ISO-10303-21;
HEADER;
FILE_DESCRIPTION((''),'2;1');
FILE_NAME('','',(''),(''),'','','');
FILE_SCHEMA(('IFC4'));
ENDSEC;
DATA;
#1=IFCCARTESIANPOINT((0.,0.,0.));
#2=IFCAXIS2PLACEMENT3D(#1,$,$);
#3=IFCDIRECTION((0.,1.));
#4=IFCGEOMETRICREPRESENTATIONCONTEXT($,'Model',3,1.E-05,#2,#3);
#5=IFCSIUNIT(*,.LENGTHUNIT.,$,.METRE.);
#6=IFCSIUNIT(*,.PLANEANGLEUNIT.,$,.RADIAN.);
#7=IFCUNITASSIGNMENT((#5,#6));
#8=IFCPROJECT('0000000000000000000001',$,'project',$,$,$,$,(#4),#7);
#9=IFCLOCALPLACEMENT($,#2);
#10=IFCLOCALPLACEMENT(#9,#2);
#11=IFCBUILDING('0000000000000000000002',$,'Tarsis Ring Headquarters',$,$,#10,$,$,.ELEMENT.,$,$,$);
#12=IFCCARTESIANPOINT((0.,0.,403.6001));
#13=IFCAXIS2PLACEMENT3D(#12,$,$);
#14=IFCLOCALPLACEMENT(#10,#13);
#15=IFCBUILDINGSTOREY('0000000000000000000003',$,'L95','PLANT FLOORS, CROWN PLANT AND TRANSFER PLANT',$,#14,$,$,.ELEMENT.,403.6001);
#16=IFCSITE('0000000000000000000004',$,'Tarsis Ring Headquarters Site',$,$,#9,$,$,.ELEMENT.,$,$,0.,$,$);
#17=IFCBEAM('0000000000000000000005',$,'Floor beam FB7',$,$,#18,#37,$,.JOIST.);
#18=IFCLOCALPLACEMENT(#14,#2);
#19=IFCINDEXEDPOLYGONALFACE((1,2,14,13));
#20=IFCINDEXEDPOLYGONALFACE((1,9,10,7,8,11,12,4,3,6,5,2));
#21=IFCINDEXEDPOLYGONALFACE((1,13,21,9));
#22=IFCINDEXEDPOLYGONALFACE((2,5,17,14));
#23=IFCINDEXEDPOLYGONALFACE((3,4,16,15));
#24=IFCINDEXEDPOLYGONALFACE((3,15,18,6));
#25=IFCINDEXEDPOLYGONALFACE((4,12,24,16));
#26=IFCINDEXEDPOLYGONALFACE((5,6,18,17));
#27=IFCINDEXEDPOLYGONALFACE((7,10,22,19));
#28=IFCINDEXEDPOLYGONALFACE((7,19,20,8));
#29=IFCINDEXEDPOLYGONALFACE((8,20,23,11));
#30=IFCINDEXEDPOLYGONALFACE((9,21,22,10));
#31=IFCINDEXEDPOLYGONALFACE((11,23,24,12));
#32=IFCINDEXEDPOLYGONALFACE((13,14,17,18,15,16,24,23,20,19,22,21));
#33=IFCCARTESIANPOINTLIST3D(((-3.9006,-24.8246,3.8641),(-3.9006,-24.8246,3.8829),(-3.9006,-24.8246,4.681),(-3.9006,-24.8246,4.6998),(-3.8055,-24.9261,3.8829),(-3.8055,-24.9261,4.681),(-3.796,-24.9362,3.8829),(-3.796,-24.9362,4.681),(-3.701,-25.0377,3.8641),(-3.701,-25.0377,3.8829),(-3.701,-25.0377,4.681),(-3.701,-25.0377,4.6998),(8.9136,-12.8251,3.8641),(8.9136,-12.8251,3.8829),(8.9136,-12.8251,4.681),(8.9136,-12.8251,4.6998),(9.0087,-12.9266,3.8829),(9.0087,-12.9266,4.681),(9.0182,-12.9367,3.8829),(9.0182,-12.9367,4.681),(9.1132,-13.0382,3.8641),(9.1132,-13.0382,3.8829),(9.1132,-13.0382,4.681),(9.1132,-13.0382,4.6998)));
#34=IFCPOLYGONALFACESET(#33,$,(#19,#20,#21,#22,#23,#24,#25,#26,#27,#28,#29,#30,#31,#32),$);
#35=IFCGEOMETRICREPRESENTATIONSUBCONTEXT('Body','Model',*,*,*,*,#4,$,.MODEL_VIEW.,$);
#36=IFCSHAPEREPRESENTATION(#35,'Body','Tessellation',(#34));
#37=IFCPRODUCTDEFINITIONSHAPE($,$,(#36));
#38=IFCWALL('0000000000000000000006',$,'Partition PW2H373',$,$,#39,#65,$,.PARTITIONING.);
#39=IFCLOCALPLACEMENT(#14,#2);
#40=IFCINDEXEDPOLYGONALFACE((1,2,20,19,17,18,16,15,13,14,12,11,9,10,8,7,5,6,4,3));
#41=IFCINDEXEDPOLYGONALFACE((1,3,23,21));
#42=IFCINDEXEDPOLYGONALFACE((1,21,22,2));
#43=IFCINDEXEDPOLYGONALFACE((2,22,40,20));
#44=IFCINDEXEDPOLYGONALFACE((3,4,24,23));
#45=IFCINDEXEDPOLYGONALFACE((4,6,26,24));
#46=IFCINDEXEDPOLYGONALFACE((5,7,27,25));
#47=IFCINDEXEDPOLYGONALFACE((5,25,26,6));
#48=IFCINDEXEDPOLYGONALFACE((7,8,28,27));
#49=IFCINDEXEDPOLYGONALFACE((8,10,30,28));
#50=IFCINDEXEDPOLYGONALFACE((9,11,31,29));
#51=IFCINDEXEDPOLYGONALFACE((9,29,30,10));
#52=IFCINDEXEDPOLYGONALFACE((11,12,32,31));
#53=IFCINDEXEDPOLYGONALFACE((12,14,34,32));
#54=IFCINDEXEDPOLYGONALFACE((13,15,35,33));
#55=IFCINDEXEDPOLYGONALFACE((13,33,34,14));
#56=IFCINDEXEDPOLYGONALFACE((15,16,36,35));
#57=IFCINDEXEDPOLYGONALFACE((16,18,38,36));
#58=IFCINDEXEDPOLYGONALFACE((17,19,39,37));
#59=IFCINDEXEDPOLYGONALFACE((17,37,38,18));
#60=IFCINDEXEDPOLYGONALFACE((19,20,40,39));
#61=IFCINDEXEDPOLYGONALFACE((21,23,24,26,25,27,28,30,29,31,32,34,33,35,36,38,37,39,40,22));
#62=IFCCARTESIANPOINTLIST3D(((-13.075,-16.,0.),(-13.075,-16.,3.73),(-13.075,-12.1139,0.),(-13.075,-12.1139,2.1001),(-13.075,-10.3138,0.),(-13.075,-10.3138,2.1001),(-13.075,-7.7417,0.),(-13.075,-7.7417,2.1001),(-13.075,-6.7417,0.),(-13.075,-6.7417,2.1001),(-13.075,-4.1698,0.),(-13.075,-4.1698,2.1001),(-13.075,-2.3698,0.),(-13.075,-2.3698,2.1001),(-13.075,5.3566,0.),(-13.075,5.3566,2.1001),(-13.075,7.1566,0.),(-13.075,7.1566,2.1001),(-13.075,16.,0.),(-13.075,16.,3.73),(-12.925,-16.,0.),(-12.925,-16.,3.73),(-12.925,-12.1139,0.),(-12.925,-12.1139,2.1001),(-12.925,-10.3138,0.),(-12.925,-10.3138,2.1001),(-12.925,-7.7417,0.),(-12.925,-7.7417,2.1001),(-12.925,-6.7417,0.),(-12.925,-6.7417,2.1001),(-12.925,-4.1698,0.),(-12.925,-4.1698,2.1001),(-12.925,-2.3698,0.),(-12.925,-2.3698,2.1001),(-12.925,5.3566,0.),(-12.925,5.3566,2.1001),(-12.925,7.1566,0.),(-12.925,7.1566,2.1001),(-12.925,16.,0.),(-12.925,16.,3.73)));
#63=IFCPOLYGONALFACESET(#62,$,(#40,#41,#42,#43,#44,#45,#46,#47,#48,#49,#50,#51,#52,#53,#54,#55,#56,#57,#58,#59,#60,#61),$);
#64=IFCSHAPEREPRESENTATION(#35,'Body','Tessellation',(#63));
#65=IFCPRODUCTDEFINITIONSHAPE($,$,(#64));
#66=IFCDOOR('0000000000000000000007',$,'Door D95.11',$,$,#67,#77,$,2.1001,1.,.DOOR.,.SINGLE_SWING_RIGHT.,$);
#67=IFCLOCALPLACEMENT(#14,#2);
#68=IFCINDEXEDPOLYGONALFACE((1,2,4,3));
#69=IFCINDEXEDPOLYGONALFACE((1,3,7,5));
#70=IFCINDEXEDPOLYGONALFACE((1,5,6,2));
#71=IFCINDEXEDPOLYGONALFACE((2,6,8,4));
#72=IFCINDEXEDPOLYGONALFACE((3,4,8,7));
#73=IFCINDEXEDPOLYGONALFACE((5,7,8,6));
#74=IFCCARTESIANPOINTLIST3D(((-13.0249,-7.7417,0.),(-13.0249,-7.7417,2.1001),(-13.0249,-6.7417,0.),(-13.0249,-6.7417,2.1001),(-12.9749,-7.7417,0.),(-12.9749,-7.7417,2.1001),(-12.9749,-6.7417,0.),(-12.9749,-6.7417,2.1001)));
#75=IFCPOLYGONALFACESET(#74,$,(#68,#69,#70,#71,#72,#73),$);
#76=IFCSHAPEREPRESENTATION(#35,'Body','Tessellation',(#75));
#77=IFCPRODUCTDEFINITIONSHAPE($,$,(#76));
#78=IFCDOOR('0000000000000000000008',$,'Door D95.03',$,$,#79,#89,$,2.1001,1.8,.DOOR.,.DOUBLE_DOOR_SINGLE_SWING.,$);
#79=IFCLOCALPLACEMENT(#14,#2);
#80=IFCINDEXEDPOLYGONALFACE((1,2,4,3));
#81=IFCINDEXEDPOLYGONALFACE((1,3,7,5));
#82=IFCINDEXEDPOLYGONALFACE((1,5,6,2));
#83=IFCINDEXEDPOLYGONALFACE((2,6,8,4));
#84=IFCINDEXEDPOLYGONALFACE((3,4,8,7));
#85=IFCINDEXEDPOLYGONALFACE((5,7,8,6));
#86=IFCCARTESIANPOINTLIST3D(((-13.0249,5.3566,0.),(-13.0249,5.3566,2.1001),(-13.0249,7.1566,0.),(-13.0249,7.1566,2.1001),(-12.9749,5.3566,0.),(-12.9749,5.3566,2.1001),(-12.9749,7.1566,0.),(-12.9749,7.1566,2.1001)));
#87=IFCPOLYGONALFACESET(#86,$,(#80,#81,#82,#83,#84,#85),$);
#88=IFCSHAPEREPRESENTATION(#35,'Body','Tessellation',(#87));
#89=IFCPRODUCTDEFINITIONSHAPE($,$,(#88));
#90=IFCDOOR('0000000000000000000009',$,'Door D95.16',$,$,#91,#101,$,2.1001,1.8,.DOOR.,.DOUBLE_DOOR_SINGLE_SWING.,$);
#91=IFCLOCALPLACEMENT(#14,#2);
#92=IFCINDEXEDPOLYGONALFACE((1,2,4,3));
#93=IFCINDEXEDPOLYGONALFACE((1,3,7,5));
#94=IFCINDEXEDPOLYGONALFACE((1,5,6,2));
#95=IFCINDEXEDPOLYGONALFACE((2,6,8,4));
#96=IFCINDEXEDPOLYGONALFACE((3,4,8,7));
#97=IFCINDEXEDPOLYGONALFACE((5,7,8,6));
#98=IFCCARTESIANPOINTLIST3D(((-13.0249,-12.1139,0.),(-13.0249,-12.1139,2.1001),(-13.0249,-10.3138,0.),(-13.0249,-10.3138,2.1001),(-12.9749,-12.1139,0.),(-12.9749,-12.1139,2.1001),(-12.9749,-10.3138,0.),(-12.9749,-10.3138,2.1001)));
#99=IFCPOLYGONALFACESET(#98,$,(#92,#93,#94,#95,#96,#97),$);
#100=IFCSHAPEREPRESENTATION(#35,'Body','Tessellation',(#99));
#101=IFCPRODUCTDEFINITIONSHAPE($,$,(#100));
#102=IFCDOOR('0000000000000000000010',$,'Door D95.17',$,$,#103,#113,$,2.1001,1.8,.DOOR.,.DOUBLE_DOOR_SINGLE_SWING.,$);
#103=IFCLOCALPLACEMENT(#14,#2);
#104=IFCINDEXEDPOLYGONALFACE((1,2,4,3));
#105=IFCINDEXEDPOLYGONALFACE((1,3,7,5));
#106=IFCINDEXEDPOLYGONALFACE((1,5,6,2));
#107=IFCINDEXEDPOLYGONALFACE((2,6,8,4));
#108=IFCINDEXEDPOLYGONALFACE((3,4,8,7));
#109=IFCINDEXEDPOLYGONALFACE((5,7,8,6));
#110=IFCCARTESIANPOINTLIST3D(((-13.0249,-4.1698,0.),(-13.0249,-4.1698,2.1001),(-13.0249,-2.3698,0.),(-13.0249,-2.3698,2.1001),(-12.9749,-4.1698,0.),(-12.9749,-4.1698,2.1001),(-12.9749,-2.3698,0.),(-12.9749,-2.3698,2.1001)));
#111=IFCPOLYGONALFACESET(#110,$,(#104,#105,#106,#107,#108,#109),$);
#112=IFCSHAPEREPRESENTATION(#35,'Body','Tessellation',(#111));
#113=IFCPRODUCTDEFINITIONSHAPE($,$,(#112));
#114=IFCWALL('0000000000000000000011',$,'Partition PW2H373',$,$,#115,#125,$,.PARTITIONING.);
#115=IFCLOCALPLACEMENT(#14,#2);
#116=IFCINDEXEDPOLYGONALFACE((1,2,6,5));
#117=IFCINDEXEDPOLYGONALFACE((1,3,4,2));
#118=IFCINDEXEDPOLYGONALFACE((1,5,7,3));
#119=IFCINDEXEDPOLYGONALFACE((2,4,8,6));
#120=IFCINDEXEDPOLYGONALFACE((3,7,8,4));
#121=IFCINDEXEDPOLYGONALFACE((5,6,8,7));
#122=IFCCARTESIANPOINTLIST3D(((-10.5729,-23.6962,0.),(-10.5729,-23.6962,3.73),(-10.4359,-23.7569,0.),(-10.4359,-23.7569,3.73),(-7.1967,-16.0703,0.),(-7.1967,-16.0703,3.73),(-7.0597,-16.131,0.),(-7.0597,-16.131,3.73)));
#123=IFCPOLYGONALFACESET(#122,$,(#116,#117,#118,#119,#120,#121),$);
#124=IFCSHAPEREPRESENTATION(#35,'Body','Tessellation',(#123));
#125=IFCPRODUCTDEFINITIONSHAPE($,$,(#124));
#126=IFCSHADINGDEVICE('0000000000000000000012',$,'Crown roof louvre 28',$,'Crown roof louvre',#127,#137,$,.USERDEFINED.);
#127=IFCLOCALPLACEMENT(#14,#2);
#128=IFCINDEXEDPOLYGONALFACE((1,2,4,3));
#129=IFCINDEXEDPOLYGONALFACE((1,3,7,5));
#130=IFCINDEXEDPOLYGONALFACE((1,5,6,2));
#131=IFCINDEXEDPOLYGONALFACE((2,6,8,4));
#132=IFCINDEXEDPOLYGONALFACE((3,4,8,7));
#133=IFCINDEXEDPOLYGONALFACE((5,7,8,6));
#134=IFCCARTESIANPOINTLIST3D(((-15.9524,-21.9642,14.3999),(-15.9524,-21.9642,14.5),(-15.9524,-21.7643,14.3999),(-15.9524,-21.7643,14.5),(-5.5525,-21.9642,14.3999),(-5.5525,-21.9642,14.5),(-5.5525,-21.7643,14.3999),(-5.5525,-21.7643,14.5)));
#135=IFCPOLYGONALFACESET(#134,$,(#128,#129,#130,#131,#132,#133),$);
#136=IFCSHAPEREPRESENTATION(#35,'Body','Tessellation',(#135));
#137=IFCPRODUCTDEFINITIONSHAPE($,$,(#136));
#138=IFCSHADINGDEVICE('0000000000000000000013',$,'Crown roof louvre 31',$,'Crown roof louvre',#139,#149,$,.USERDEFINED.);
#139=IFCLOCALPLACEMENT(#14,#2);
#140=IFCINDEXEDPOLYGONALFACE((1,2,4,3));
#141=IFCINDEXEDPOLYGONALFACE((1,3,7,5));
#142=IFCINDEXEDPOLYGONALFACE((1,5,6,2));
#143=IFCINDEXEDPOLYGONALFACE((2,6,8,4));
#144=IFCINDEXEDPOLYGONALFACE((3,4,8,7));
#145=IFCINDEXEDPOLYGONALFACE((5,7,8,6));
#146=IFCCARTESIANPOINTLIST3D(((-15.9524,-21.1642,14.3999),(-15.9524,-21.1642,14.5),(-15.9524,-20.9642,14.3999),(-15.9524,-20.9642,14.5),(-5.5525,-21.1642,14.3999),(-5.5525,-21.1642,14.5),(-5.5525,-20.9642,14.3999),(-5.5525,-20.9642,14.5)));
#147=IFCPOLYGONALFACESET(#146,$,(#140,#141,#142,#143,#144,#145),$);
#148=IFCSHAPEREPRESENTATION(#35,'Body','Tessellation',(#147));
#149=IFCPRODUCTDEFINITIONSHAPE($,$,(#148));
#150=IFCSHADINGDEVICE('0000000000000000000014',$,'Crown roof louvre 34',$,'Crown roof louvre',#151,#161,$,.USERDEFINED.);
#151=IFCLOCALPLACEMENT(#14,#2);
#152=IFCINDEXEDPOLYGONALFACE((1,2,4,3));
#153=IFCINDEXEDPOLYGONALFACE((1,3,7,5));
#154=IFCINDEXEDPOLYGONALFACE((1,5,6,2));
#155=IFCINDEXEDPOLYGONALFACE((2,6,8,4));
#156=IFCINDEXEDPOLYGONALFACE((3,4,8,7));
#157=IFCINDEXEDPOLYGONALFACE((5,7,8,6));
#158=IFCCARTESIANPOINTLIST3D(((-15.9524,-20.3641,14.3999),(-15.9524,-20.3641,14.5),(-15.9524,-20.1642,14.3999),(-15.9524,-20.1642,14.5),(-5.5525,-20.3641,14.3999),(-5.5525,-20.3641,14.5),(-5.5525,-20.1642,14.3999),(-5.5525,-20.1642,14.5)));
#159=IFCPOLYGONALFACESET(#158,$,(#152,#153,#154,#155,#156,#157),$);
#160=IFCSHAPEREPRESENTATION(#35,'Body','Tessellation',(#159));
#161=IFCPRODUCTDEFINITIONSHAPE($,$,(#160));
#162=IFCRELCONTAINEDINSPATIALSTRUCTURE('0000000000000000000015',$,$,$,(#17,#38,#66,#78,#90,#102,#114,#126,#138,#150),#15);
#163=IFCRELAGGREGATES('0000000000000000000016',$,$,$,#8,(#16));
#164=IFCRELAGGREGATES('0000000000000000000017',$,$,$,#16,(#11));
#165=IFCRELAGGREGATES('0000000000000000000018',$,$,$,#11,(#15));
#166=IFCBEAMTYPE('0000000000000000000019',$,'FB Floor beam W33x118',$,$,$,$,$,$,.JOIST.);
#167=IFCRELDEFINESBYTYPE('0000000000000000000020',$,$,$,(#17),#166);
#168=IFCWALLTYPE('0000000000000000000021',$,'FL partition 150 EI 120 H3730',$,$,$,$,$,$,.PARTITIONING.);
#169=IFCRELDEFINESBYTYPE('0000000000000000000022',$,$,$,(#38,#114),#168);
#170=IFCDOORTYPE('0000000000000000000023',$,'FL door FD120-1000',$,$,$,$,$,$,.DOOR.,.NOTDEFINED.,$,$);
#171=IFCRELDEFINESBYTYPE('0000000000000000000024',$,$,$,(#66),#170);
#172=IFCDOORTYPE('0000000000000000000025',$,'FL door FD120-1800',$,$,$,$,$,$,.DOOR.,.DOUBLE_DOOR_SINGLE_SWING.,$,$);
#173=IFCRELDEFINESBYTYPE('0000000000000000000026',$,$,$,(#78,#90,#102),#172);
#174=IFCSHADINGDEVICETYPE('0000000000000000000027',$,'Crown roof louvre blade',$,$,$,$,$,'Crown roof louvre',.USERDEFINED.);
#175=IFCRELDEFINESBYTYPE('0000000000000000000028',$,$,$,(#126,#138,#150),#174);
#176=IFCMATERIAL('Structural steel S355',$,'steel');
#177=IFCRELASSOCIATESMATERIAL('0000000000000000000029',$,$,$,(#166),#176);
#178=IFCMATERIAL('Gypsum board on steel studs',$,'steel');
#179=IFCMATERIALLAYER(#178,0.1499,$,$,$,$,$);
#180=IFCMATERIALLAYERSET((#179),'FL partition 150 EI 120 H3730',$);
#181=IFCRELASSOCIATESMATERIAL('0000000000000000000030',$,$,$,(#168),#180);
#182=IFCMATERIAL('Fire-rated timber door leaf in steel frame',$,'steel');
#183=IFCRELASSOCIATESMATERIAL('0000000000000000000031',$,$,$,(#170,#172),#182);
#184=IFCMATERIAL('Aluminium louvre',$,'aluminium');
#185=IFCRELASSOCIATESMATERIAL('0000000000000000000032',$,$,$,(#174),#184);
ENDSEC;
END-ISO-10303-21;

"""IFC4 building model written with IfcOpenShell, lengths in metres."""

from ifc_helpers import new_model, si_unit, direction, frame, frame_2d, origin, origin_2d, place, context, subcontext, project, spatial, rectangle, i_section, extrude, material, layer, layer_set, material_profile, profile_set, type_object, element, fill, save


model = new_model("IFC4")

# Units and contexts
model_context = context("Model", 3, precision=1e-05, world=origin(), true_north=direction((0.0, 1.0)))
body_context = subcontext(model_context, "Body", "Model", "MODEL_VIEW")
ifc_project = project(units=[si_unit("LENGTHUNIT", "METRE"), si_unit("PLANEANGLEUNIT", "RADIAN")], contexts=[model_context])

# Site, building, storey
site_placement = place(None, origin())
site = spatial("IfcSite", under=ifc_project, at=site_placement, Name="Tarsis Ring Headquarters Site", CompositionType="ELEMENT", RefElevation=0.0)
building_placement = place(site_placement, origin())
building = spatial("IfcBuilding", under=site, at=building_placement, Name="Tarsis Ring Headquarters", CompositionType="ELEMENT")
storey_placement = place(building_placement, frame((0.0, 0.0, 403.6001)))
storey = spatial("IfcBuildingStorey", under=building, at=storey_placement, Name="L95", Description="PLANT FLOORS, CROWN PLANT AND TRANSFER PLANT", CompositionType="ELEMENT", Elevation=403.6001)

# Beam
ifc_material_1 = material(Name="Structural steel S355", Category="steel")
ifc_material_profile = material_profile(ifc_material_1, i_section(OverallWidth=0.292, OverallDepth=0.8357, WebThickness=0.0139, FlangeThickness=0.0188, at=origin_2d()), Name="W33x118")
ifc_profile_set = profile_set([ifc_material_profile], Name="Structural steel S355")
beam_type = type_object("IfcBeamType", Name="FB Floor beam W33x118", PredefinedType="JOIST", material=ifc_profile_set)
beam_placement = place(storey_placement, frame((-3.8008, -24.9312, 4.282), z_axis=(0.72993, 0.683522, 0.0), x_axis=(-0.683522, 0.72993, 0.0)))
element("IfcBeam", 1, at=beam_placement, inside=storey, type_object=beam_type, Name="Floor beam FB7", PredefinedType="JOIST", context=body_context, shape_type="SweptSolid", body=[
    extrude(i_section(OverallWidth=0.292, OverallDepth=0.8357, WebThickness=0.0139, FlangeThickness=0.0188, at=origin_2d()), origin(), (0.0, 0.0, 1.0), 17.5554),
])

# Wall, openings, doors
ifc_material_2 = material(Name="Gypsum board on steel studs", Category="steel")
ifc_layer = layer(ifc_material_2, 0.1499)
ifc_layer_set = layer_set([ifc_layer], Name="FL partition 150 EI 120 H3730")
wall_type = type_object("IfcWallType", Name="FL partition 150 EI 120 H3730", PredefinedType="PARTITIONING", material=ifc_layer_set)
wall_1_placement = place(storey_placement, frame((-13.0, -16.0, 0.0), z_axis=(0.0, 0.0, 1.0), x_axis=(0.0, 1.0, 0.0)))
wall_1 = element("IfcWall", 2, at=wall_1_placement, inside=storey, type_object=wall_type, Name="Partition PW2H373", PredefinedType="PARTITIONING", context=body_context, shape_type="SweptSolid", body=[
    extrude(rectangle(XDim=32.0, YDim=0.1499, at=frame_2d((16.0, 0.0))), origin(), (0.0, 0.0, 1.0), 3.73),
])
opening_1_placement = place(wall_1_placement, frame((21.3567, 0.0, 0.0)))
opening_1 = element("IfcOpeningElement", 3, at=opening_1_placement, cuts=wall_1, PredefinedType="OPENING", context=body_context, shape_type="SweptSolid", body=[
    extrude(rectangle(XDim=1.8, YDim=2.1001, at=frame_2d((0.8999, 1.05))), frame((0.0, 0.085, 0.0), z_axis=(0.0, -1.0, 0.0), x_axis=(1.0, 0.0, 0.0)), (0.0, 0.0, 1.0), 0.1699),
])
opening_2_placement = place(wall_1_placement, frame((8.2583, 0.0, 0.0)))
opening_2 = element("IfcOpeningElement", 4, at=opening_2_placement, cuts=wall_1, PredefinedType="OPENING", context=body_context, shape_type="SweptSolid", body=[
    extrude(rectangle(XDim=1.0, YDim=2.1001, at=frame_2d((0.5, 1.05))), frame((0.0, 0.085, 0.0), z_axis=(0.0, -1.0, 0.0), x_axis=(1.0, 0.0, 0.0)), (0.0, 0.0, 1.0), 0.1699),
])
opening_3_placement = place(wall_1_placement, frame((3.8862, 0.0, 0.0)))
opening_3 = element("IfcOpeningElement", 5, at=opening_3_placement, cuts=wall_1, PredefinedType="OPENING", context=body_context, shape_type="SweptSolid", body=[
    extrude(rectangle(XDim=1.8, YDim=2.1001, at=frame_2d((0.8999, 1.05))), frame((0.0, 0.085, 0.0), z_axis=(0.0, -1.0, 0.0), x_axis=(1.0, 0.0, 0.0)), (0.0, 0.0, 1.0), 0.1699),
])
opening_4_placement = place(wall_1_placement, frame((11.8303, 0.0, 0.0)))
opening_4 = element("IfcOpeningElement", 6, at=opening_4_placement, cuts=wall_1, PredefinedType="OPENING", context=body_context, shape_type="SweptSolid", body=[
    extrude(rectangle(XDim=1.8, YDim=2.1001, at=frame_2d((0.8999, 1.05))), frame((0.0, 0.085, 0.0), z_axis=(0.0, -1.0, 0.0), x_axis=(1.0, 0.0, 0.0)), (0.0, 0.0, 1.0), 0.1699),
])
ifc_material_3 = material(Name="Fire-rated timber door leaf in steel frame", Category="steel")
door_type_1 = type_object("IfcDoorType", Name="FL door FD120-1000", OperationType="NOTDEFINED", PredefinedType="DOOR", material=ifc_material_3)
door_1_placement = place(opening_2_placement, origin())
door_1 = element("IfcDoor", 7, at=door_1_placement, inside=storey, type_object=door_type_1, Name="Door D95.11", OperationType="SINGLE_SWING_RIGHT", OverallHeight=2.1001, OverallWidth=1.0, PredefinedType="DOOR", context=body_context, shape_type="SweptSolid", body=[
    extrude(rectangle(XDim=1.0, YDim=2.1001, at=frame_2d((0.5, 1.05))), frame((0.0, 0.0249, 0.0), z_axis=(0.0, -1.0, 0.0), x_axis=(1.0, 0.0, 0.0)), (0.0, 0.0, 1.0), 0.05),
])
fill(opening_2, door_1)
door_type_2 = type_object("IfcDoorType", Name="FL door FD120-1800", OperationType="DOUBLE_DOOR_SINGLE_SWING", PredefinedType="DOOR", material=ifc_material_3)
door_2_placement = place(opening_1_placement, origin())
door_2 = element("IfcDoor", 8, at=door_2_placement, inside=storey, type_object=door_type_2, Name="Door D95.03", OperationType="DOUBLE_DOOR_SINGLE_SWING", OverallHeight=2.1001, OverallWidth=1.8, PredefinedType="DOOR", context=body_context, shape_type="SweptSolid", body=[
    extrude(rectangle(XDim=1.8, YDim=2.1001, at=frame_2d((0.8999, 1.05))), frame((0.0, 0.0249, 0.0), z_axis=(0.0, -1.0, 0.0), x_axis=(1.0, 0.0, 0.0)), (0.0, 0.0, 1.0), 0.05),
])
fill(opening_1, door_2)
door_3_placement = place(opening_3_placement, origin())
door_3 = element("IfcDoor", 9, at=door_3_placement, inside=storey, type_object=door_type_2, Name="Door D95.16", OperationType="DOUBLE_DOOR_SINGLE_SWING", OverallHeight=2.1001, OverallWidth=1.8, PredefinedType="DOOR", context=body_context, shape_type="SweptSolid", body=[
    extrude(rectangle(XDim=1.8, YDim=2.1001, at=frame_2d((0.8999, 1.05))), frame((0.0, 0.0249, 0.0), z_axis=(0.0, -1.0, 0.0), x_axis=(1.0, 0.0, 0.0)), (0.0, 0.0, 1.0), 0.05),
])
fill(opening_3, door_3)
door_4_placement = place(opening_4_placement, origin())
door_4 = element("IfcDoor", 10, at=door_4_placement, inside=storey, type_object=door_type_2, Name="Door D95.17", OperationType="DOUBLE_DOOR_SINGLE_SWING", OverallHeight=2.1001, OverallWidth=1.8, PredefinedType="DOOR", context=body_context, shape_type="SweptSolid", body=[
    extrude(rectangle(XDim=1.8, YDim=2.1001, at=frame_2d((0.8999, 1.05))), frame((0.0, 0.0249, 0.0), z_axis=(0.0, -1.0, 0.0), x_axis=(1.0, 0.0, 0.0)), (0.0, 0.0, 1.0), 0.05),
])
fill(opening_4, door_4)

# Wall
wall_2_placement = place(storey_placement, frame((-10.5044, -23.7266, 0.0), z_axis=(0.0, 0.0, 1.0), x_axis=(0.404826, 0.914394, 0.0)))
element("IfcWall", 11, at=wall_2_placement, inside=storey, type_object=wall_type, Name="Partition PW2H373", PredefinedType="PARTITIONING", context=body_context, shape_type="SweptSolid", body=[
    extrude(rectangle(XDim=8.3398, YDim=0.1499, at=frame_2d((4.1699, 0.0))), origin(), (0.0, 0.0, 1.0), 3.73),
])

# Shading devices
ifc_material_4 = material(Name="Aluminium louvre", Category="aluminium")
shading_device_type_1 = type_object("IfcShadingDeviceType", Name="Crown roof louvre blade", ElementType="Crown roof louvre", PredefinedType="USERDEFINED", material=ifc_material_4)
for number, where, z_axis, x_axis, name in (
    (12, (-10.7524, -21.8643, 14.3999), (0.0, 0.0, 1.0), (1.0, 0.0, 0.0), "Crown roof louvre 28"),
    (13, (-10.7524, -21.0642, 14.3999), (0.0, 0.0, 1.0), (1.0, 0.0, 0.0), "Crown roof louvre 31"),
    (14, (-10.7524, -20.2642, 14.3999), (0.0, 0.0, 1.0), (1.0, 0.0, 0.0), "Crown roof louvre 34"),
):
    element("IfcShadingDevice", number, at=place(storey_placement, frame(where, z_axis=z_axis, x_axis=x_axis)), inside=storey, type_object=shading_device_type_1, Name=name, ObjectType="Crown roof louvre", PredefinedType="USERDEFINED", context=body_context, shape_type="SweptSolid", body=[
        extrude(rectangle(XDim=10.3999, YDim=0.2, at=origin_2d()), origin(), (0.0, 0.0, 1.0), 0.1001),
    ])

save(model, "model.ifc")
